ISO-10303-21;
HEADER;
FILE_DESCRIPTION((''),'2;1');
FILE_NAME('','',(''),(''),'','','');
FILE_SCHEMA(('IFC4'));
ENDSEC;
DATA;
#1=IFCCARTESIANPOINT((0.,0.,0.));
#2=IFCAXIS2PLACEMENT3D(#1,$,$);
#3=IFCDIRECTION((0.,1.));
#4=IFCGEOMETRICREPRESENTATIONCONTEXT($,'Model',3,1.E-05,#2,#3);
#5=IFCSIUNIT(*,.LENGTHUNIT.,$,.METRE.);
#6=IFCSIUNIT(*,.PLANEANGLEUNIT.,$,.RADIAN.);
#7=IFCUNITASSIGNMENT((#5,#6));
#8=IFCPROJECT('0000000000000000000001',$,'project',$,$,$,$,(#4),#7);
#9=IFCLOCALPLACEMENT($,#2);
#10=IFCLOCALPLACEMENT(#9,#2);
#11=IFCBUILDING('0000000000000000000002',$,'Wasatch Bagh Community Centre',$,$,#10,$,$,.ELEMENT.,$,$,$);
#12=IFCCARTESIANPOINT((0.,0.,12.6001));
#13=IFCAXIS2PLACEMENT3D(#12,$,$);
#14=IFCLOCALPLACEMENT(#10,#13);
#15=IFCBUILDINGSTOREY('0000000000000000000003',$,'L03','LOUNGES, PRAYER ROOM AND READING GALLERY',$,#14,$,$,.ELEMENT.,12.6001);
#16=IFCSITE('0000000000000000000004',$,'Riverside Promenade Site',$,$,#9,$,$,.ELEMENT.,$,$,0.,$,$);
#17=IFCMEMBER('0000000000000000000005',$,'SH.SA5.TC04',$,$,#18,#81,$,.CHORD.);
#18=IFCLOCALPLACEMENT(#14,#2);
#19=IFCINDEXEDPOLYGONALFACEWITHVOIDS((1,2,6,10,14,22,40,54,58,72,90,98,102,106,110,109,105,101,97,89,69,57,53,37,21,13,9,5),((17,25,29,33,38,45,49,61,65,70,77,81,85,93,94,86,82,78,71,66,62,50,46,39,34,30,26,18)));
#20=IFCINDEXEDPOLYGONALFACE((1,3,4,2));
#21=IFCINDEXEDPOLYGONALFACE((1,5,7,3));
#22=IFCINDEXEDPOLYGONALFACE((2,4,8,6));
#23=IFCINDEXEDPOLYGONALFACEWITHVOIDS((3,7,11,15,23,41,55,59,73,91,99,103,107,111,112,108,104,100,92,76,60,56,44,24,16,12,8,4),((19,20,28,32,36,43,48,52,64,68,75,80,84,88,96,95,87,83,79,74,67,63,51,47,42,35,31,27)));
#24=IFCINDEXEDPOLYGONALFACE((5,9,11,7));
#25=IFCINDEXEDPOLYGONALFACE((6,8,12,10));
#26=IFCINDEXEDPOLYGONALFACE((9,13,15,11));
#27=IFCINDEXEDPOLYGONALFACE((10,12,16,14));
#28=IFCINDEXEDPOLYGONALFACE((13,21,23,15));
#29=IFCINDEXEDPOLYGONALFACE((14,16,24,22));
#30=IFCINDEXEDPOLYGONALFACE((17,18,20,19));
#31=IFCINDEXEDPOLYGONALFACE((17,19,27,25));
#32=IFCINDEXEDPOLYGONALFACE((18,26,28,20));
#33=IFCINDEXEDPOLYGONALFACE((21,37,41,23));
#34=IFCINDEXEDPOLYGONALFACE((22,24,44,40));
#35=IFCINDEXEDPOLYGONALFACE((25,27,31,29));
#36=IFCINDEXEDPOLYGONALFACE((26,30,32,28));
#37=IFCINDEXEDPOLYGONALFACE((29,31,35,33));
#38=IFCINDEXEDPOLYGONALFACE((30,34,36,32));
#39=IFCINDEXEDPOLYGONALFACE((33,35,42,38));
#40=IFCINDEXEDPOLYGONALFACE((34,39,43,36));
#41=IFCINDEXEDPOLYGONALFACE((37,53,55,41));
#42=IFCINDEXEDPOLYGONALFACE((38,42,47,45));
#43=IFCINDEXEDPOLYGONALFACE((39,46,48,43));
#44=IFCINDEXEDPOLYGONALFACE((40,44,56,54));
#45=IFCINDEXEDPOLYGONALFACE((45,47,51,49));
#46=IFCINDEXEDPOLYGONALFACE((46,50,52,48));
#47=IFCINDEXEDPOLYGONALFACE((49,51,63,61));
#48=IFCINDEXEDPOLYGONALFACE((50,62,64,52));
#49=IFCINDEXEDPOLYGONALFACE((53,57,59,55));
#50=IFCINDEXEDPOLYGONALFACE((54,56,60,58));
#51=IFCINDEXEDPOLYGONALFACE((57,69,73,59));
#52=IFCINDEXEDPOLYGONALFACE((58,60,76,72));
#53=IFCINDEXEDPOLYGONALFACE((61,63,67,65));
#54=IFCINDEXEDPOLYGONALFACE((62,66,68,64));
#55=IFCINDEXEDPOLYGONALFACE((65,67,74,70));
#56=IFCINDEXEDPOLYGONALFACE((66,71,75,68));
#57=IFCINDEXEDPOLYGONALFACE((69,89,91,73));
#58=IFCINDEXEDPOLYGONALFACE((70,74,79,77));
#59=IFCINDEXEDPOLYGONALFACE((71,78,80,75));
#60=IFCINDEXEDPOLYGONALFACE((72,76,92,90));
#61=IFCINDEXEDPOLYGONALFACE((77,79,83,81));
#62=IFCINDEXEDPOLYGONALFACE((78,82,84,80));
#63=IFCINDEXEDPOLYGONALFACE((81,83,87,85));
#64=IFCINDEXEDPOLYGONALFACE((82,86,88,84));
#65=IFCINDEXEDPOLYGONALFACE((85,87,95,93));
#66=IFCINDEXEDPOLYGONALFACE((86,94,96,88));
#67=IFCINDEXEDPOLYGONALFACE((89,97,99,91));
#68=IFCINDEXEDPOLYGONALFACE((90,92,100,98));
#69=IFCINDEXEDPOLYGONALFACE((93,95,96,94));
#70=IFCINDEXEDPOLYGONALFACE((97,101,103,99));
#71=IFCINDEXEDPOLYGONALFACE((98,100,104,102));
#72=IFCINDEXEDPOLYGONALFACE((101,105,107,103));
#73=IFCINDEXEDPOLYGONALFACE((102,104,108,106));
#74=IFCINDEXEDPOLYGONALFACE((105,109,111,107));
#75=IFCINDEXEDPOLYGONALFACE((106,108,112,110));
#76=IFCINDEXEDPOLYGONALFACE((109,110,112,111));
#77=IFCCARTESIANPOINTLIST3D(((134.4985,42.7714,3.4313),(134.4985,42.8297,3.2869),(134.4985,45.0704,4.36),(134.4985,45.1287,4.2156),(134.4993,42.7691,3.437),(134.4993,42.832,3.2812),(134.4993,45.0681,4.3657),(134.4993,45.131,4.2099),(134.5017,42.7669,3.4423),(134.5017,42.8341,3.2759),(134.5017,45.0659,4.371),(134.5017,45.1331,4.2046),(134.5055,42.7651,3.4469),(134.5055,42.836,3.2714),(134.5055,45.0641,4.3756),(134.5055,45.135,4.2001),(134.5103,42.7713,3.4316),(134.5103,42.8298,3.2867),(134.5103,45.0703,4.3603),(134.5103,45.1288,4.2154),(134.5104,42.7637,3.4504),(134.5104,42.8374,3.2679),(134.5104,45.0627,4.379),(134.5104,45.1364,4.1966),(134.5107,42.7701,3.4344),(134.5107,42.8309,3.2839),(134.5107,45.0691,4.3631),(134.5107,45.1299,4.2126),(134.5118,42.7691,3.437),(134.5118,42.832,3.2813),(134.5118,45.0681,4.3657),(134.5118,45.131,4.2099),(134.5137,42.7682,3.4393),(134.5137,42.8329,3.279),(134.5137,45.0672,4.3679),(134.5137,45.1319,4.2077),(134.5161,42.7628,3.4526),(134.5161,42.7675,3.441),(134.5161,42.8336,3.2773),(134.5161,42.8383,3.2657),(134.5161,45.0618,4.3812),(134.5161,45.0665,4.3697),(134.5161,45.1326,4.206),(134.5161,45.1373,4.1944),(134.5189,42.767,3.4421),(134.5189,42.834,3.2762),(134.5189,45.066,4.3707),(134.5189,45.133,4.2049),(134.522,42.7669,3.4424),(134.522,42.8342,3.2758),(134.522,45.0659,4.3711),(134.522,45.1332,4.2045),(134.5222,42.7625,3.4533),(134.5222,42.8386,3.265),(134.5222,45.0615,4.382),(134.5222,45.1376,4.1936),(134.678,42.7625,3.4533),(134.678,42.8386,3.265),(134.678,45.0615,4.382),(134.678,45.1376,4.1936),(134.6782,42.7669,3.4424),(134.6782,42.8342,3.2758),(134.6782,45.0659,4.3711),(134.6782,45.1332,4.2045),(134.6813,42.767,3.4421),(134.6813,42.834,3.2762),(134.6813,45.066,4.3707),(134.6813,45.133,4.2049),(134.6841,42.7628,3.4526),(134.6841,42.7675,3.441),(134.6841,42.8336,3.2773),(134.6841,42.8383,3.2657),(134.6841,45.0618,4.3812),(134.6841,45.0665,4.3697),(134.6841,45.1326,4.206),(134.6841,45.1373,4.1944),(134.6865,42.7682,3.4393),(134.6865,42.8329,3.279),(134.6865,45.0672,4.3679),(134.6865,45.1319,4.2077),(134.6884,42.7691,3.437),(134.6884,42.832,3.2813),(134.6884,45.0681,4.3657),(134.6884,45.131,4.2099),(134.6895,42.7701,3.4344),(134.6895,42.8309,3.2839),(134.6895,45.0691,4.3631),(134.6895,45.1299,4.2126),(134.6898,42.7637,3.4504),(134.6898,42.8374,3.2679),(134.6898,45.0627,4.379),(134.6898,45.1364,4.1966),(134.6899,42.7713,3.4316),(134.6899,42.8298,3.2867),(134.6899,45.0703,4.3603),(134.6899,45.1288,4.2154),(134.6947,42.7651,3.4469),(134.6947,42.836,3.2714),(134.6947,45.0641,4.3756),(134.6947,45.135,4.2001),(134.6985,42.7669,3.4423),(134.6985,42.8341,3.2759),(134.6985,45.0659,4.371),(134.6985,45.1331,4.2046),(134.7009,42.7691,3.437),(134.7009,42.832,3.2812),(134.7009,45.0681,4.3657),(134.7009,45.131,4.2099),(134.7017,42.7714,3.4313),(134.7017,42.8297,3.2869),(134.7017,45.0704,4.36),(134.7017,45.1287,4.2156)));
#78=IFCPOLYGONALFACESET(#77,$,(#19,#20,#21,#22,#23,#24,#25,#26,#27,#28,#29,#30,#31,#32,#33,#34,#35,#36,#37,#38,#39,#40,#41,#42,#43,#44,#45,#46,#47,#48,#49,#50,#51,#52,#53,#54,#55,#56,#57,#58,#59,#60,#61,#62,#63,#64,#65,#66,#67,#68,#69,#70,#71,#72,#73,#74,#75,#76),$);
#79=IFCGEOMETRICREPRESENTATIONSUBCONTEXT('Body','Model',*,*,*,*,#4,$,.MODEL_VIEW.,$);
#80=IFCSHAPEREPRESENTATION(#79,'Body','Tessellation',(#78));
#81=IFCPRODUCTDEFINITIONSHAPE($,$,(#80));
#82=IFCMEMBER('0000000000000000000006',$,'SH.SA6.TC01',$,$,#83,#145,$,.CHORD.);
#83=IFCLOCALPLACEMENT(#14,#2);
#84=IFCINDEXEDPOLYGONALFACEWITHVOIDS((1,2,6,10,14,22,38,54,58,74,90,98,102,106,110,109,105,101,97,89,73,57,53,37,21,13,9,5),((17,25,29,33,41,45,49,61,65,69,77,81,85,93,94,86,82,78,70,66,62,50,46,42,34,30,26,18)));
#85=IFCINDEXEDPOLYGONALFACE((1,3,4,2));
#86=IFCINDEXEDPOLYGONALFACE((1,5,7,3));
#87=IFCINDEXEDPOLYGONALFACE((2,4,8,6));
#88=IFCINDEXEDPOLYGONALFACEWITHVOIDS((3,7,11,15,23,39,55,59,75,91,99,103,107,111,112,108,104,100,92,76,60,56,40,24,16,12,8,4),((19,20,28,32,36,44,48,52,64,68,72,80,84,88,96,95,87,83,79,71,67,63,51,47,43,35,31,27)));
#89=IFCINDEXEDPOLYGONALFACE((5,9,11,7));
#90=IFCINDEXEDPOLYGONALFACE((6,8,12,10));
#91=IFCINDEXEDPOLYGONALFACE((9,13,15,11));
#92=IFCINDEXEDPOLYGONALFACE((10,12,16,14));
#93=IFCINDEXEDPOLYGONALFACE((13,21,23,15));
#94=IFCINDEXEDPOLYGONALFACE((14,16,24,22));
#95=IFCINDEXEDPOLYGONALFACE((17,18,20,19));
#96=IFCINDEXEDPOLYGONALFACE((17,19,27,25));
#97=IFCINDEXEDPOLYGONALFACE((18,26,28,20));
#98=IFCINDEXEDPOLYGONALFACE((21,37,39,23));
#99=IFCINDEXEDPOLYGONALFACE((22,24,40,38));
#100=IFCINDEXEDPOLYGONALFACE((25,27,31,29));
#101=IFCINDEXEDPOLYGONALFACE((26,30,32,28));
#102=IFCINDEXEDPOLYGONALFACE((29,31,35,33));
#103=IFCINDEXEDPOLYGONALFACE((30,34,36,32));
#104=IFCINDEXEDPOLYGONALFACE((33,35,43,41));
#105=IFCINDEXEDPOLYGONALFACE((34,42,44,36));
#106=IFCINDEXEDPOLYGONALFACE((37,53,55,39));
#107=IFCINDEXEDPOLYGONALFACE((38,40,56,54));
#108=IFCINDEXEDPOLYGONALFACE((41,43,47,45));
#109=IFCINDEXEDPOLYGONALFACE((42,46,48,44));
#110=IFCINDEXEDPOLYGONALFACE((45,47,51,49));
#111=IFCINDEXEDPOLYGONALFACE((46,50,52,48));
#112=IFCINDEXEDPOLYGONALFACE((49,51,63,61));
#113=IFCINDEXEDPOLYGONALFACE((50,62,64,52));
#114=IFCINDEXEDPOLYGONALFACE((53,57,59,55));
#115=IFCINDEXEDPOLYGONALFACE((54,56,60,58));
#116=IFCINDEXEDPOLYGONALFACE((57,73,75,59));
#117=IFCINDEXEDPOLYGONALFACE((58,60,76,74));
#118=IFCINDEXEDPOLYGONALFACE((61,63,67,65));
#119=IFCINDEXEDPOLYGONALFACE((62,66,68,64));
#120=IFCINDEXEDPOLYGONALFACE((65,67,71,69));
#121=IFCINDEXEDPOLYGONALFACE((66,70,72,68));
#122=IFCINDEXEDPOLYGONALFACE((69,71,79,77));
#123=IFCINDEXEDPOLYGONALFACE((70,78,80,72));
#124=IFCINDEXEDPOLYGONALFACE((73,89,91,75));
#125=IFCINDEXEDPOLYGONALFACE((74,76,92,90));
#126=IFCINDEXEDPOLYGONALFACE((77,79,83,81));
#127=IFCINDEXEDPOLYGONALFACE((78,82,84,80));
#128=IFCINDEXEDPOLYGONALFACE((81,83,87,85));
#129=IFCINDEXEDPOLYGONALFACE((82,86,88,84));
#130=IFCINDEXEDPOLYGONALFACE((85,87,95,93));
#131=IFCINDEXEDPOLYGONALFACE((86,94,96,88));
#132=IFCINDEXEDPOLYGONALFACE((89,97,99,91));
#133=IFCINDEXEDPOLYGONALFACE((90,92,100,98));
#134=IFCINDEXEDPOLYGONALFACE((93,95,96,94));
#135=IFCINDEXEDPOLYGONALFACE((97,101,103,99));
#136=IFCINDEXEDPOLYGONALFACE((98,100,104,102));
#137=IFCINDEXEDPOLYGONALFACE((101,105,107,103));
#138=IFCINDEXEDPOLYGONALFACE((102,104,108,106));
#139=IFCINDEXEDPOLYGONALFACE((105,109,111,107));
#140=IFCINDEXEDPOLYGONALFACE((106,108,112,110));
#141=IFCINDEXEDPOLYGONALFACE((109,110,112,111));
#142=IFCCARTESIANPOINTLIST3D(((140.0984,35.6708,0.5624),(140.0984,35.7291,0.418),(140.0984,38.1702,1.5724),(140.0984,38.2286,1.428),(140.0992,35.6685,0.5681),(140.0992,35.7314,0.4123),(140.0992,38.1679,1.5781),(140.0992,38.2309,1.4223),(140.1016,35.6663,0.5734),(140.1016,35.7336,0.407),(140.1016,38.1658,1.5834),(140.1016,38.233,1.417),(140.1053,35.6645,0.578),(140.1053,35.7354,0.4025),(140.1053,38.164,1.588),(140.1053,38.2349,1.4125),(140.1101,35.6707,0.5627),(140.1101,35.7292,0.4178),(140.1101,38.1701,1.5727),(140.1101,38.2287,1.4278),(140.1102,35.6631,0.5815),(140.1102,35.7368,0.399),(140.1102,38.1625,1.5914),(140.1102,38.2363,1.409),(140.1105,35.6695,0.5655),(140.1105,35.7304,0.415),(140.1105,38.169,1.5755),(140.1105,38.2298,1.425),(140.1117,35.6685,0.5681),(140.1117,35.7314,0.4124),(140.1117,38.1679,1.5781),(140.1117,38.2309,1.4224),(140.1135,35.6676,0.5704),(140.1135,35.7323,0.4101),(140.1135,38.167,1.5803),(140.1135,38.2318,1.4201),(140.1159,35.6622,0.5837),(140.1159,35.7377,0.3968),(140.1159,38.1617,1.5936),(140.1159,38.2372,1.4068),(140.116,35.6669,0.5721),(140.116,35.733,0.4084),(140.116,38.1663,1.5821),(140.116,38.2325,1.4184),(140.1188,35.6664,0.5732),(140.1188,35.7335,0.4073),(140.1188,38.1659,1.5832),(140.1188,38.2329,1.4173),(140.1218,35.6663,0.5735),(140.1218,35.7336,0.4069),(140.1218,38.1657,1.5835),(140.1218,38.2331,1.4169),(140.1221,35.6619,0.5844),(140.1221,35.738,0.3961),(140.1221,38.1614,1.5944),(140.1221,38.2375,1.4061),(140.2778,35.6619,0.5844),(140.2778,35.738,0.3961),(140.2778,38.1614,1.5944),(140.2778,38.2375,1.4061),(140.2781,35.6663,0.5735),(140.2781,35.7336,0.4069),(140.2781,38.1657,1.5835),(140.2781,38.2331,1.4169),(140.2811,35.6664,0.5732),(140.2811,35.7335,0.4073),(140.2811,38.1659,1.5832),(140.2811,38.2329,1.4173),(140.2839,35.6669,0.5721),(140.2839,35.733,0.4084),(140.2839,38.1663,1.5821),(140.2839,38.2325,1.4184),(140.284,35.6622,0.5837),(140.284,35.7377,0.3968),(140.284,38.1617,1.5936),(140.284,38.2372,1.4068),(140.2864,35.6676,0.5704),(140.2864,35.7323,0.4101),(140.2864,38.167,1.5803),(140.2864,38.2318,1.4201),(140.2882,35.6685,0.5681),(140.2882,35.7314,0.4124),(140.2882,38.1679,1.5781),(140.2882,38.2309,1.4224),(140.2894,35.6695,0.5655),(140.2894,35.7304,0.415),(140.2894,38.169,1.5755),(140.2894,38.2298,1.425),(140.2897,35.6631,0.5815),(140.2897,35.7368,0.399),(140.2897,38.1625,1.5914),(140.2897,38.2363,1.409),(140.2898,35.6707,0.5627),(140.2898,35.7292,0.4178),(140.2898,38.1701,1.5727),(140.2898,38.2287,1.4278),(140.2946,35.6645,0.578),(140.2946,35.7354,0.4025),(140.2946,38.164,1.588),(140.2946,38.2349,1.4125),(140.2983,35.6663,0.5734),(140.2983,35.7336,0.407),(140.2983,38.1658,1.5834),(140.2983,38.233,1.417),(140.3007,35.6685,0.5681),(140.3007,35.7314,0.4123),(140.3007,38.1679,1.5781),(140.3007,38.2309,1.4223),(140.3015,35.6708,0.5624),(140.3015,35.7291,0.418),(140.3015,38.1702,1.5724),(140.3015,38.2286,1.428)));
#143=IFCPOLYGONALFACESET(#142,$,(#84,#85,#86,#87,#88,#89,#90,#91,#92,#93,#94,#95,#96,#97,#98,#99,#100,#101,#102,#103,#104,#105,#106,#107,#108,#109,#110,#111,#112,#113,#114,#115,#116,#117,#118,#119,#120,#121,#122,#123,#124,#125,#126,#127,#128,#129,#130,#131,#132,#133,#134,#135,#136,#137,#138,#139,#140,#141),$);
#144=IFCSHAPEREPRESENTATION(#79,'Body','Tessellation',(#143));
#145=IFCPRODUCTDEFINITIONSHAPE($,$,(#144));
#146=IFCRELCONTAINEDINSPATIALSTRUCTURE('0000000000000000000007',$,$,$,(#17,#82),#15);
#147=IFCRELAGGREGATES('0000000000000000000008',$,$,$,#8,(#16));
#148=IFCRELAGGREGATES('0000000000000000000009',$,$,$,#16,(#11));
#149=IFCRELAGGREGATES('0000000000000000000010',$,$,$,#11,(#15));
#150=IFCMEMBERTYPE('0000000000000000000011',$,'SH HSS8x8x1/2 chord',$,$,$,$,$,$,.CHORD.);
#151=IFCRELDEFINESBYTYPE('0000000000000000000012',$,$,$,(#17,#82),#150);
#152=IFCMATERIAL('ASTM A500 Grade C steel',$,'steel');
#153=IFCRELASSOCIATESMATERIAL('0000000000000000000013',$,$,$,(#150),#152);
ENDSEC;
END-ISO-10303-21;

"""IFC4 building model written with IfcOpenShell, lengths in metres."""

from ifc_helpers import new_model, si_unit, direction, frame, origin, origin_2d, place, context, subcontext, project, spatial, hollow_rectangle, extrude, material, material_profile, profile_set, type_object, element, save


model = new_model("IFC4")

# Units and contexts
model_context = context("Model", 3, precision=1e-05, world=origin(), true_north=direction((0.0, 1.0)))
body_context = subcontext(model_context, "Body", "Model", "MODEL_VIEW")
ifc_project = project(units=[si_unit("LENGTHUNIT", "METRE"), si_unit("PLANEANGLEUNIT", "RADIAN")], contexts=[model_context])

# Site, building, storey
site_placement = place(None, origin())
site = spatial("IfcSite", under=ifc_project, at=site_placement, Name="Riverside Promenade Site", CompositionType="ELEMENT", RefElevation=0.0)
building_placement = place(site_placement, origin())
building = spatial("IfcBuilding", under=site, at=building_placement, Name="Wasatch Bagh Community Centre", CompositionType="ELEMENT")
storey_placement = place(building_placement, frame((0.0, 0.0, 12.6001)))
storey = spatial("IfcBuildingStorey", under=building, at=storey_placement, Name="L03", Description="LOUNGES, PRAYER ROOM AND READING GALLERY", CompositionType="ELEMENT", Elevation=12.6001)

# Members
ifc_material_1 = material(Name="ASTM A500 Grade C steel", Category="steel")
ifc_material_profile_1 = material_profile(ifc_material_1, hollow_rectangle(XDim=0.2031, YDim=0.2031, WallThickness=0.0117, InnerFilletRadius=0.0117, OuterFilletRadius=0.0237, at=origin_2d()), Name="HSS8x8x1/2")
ifc_profile_set_1 = profile_set([ifc_material_profile_1], Name="ASTM A500 Grade C steel")
member_type_1 = type_object("IfcMemberType", Name="SH HSS8x8x1/2 chord", PredefinedType="CHORD", material=ifc_profile_set_1)
member_1_placement = place(storey_placement, frame((134.6001, 42.8005, 3.3591), z_axis=(0.0, 0.927208, 0.374546), x_axis=(-1.0, 0.0, 0.0)))
element("IfcMember", 1, at=member_1_placement, inside=storey, type_object=member_type_1, Name="SH.SA5.TC04", PredefinedType="CHORD", context=body_context, shape_type="SweptSolid", body=[
    extrude(hollow_rectangle(XDim=0.2031, YDim=0.2031, WallThickness=0.0117, InnerFilletRadius=0.0117, OuterFilletRadius=0.0237, at=origin_2d()), origin(), (0.0, 0.0, 1.0), 2.4795),
])
member_2_placement = place(storey_placement, frame((140.2, 35.7, 0.4902), z_axis=(0.0, 0.927166, 0.374652), x_axis=(-1.0, 0.0, 0.0)))
element("IfcMember", 2, at=member_2_placement, inside=storey, type_object=member_type_1, Name="SH.SA6.TC01", PredefinedType="CHORD", context=body_context, shape_type="SweptSolid", body=[
    extrude(hollow_rectangle(XDim=0.2031, YDim=0.2031, WallThickness=0.0117, InnerFilletRadius=0.0117, OuterFilletRadius=0.0237, at=origin_2d()), origin(), (0.0, 0.0, 1.0), 2.6958),
])

save(model, "model.ifc")
